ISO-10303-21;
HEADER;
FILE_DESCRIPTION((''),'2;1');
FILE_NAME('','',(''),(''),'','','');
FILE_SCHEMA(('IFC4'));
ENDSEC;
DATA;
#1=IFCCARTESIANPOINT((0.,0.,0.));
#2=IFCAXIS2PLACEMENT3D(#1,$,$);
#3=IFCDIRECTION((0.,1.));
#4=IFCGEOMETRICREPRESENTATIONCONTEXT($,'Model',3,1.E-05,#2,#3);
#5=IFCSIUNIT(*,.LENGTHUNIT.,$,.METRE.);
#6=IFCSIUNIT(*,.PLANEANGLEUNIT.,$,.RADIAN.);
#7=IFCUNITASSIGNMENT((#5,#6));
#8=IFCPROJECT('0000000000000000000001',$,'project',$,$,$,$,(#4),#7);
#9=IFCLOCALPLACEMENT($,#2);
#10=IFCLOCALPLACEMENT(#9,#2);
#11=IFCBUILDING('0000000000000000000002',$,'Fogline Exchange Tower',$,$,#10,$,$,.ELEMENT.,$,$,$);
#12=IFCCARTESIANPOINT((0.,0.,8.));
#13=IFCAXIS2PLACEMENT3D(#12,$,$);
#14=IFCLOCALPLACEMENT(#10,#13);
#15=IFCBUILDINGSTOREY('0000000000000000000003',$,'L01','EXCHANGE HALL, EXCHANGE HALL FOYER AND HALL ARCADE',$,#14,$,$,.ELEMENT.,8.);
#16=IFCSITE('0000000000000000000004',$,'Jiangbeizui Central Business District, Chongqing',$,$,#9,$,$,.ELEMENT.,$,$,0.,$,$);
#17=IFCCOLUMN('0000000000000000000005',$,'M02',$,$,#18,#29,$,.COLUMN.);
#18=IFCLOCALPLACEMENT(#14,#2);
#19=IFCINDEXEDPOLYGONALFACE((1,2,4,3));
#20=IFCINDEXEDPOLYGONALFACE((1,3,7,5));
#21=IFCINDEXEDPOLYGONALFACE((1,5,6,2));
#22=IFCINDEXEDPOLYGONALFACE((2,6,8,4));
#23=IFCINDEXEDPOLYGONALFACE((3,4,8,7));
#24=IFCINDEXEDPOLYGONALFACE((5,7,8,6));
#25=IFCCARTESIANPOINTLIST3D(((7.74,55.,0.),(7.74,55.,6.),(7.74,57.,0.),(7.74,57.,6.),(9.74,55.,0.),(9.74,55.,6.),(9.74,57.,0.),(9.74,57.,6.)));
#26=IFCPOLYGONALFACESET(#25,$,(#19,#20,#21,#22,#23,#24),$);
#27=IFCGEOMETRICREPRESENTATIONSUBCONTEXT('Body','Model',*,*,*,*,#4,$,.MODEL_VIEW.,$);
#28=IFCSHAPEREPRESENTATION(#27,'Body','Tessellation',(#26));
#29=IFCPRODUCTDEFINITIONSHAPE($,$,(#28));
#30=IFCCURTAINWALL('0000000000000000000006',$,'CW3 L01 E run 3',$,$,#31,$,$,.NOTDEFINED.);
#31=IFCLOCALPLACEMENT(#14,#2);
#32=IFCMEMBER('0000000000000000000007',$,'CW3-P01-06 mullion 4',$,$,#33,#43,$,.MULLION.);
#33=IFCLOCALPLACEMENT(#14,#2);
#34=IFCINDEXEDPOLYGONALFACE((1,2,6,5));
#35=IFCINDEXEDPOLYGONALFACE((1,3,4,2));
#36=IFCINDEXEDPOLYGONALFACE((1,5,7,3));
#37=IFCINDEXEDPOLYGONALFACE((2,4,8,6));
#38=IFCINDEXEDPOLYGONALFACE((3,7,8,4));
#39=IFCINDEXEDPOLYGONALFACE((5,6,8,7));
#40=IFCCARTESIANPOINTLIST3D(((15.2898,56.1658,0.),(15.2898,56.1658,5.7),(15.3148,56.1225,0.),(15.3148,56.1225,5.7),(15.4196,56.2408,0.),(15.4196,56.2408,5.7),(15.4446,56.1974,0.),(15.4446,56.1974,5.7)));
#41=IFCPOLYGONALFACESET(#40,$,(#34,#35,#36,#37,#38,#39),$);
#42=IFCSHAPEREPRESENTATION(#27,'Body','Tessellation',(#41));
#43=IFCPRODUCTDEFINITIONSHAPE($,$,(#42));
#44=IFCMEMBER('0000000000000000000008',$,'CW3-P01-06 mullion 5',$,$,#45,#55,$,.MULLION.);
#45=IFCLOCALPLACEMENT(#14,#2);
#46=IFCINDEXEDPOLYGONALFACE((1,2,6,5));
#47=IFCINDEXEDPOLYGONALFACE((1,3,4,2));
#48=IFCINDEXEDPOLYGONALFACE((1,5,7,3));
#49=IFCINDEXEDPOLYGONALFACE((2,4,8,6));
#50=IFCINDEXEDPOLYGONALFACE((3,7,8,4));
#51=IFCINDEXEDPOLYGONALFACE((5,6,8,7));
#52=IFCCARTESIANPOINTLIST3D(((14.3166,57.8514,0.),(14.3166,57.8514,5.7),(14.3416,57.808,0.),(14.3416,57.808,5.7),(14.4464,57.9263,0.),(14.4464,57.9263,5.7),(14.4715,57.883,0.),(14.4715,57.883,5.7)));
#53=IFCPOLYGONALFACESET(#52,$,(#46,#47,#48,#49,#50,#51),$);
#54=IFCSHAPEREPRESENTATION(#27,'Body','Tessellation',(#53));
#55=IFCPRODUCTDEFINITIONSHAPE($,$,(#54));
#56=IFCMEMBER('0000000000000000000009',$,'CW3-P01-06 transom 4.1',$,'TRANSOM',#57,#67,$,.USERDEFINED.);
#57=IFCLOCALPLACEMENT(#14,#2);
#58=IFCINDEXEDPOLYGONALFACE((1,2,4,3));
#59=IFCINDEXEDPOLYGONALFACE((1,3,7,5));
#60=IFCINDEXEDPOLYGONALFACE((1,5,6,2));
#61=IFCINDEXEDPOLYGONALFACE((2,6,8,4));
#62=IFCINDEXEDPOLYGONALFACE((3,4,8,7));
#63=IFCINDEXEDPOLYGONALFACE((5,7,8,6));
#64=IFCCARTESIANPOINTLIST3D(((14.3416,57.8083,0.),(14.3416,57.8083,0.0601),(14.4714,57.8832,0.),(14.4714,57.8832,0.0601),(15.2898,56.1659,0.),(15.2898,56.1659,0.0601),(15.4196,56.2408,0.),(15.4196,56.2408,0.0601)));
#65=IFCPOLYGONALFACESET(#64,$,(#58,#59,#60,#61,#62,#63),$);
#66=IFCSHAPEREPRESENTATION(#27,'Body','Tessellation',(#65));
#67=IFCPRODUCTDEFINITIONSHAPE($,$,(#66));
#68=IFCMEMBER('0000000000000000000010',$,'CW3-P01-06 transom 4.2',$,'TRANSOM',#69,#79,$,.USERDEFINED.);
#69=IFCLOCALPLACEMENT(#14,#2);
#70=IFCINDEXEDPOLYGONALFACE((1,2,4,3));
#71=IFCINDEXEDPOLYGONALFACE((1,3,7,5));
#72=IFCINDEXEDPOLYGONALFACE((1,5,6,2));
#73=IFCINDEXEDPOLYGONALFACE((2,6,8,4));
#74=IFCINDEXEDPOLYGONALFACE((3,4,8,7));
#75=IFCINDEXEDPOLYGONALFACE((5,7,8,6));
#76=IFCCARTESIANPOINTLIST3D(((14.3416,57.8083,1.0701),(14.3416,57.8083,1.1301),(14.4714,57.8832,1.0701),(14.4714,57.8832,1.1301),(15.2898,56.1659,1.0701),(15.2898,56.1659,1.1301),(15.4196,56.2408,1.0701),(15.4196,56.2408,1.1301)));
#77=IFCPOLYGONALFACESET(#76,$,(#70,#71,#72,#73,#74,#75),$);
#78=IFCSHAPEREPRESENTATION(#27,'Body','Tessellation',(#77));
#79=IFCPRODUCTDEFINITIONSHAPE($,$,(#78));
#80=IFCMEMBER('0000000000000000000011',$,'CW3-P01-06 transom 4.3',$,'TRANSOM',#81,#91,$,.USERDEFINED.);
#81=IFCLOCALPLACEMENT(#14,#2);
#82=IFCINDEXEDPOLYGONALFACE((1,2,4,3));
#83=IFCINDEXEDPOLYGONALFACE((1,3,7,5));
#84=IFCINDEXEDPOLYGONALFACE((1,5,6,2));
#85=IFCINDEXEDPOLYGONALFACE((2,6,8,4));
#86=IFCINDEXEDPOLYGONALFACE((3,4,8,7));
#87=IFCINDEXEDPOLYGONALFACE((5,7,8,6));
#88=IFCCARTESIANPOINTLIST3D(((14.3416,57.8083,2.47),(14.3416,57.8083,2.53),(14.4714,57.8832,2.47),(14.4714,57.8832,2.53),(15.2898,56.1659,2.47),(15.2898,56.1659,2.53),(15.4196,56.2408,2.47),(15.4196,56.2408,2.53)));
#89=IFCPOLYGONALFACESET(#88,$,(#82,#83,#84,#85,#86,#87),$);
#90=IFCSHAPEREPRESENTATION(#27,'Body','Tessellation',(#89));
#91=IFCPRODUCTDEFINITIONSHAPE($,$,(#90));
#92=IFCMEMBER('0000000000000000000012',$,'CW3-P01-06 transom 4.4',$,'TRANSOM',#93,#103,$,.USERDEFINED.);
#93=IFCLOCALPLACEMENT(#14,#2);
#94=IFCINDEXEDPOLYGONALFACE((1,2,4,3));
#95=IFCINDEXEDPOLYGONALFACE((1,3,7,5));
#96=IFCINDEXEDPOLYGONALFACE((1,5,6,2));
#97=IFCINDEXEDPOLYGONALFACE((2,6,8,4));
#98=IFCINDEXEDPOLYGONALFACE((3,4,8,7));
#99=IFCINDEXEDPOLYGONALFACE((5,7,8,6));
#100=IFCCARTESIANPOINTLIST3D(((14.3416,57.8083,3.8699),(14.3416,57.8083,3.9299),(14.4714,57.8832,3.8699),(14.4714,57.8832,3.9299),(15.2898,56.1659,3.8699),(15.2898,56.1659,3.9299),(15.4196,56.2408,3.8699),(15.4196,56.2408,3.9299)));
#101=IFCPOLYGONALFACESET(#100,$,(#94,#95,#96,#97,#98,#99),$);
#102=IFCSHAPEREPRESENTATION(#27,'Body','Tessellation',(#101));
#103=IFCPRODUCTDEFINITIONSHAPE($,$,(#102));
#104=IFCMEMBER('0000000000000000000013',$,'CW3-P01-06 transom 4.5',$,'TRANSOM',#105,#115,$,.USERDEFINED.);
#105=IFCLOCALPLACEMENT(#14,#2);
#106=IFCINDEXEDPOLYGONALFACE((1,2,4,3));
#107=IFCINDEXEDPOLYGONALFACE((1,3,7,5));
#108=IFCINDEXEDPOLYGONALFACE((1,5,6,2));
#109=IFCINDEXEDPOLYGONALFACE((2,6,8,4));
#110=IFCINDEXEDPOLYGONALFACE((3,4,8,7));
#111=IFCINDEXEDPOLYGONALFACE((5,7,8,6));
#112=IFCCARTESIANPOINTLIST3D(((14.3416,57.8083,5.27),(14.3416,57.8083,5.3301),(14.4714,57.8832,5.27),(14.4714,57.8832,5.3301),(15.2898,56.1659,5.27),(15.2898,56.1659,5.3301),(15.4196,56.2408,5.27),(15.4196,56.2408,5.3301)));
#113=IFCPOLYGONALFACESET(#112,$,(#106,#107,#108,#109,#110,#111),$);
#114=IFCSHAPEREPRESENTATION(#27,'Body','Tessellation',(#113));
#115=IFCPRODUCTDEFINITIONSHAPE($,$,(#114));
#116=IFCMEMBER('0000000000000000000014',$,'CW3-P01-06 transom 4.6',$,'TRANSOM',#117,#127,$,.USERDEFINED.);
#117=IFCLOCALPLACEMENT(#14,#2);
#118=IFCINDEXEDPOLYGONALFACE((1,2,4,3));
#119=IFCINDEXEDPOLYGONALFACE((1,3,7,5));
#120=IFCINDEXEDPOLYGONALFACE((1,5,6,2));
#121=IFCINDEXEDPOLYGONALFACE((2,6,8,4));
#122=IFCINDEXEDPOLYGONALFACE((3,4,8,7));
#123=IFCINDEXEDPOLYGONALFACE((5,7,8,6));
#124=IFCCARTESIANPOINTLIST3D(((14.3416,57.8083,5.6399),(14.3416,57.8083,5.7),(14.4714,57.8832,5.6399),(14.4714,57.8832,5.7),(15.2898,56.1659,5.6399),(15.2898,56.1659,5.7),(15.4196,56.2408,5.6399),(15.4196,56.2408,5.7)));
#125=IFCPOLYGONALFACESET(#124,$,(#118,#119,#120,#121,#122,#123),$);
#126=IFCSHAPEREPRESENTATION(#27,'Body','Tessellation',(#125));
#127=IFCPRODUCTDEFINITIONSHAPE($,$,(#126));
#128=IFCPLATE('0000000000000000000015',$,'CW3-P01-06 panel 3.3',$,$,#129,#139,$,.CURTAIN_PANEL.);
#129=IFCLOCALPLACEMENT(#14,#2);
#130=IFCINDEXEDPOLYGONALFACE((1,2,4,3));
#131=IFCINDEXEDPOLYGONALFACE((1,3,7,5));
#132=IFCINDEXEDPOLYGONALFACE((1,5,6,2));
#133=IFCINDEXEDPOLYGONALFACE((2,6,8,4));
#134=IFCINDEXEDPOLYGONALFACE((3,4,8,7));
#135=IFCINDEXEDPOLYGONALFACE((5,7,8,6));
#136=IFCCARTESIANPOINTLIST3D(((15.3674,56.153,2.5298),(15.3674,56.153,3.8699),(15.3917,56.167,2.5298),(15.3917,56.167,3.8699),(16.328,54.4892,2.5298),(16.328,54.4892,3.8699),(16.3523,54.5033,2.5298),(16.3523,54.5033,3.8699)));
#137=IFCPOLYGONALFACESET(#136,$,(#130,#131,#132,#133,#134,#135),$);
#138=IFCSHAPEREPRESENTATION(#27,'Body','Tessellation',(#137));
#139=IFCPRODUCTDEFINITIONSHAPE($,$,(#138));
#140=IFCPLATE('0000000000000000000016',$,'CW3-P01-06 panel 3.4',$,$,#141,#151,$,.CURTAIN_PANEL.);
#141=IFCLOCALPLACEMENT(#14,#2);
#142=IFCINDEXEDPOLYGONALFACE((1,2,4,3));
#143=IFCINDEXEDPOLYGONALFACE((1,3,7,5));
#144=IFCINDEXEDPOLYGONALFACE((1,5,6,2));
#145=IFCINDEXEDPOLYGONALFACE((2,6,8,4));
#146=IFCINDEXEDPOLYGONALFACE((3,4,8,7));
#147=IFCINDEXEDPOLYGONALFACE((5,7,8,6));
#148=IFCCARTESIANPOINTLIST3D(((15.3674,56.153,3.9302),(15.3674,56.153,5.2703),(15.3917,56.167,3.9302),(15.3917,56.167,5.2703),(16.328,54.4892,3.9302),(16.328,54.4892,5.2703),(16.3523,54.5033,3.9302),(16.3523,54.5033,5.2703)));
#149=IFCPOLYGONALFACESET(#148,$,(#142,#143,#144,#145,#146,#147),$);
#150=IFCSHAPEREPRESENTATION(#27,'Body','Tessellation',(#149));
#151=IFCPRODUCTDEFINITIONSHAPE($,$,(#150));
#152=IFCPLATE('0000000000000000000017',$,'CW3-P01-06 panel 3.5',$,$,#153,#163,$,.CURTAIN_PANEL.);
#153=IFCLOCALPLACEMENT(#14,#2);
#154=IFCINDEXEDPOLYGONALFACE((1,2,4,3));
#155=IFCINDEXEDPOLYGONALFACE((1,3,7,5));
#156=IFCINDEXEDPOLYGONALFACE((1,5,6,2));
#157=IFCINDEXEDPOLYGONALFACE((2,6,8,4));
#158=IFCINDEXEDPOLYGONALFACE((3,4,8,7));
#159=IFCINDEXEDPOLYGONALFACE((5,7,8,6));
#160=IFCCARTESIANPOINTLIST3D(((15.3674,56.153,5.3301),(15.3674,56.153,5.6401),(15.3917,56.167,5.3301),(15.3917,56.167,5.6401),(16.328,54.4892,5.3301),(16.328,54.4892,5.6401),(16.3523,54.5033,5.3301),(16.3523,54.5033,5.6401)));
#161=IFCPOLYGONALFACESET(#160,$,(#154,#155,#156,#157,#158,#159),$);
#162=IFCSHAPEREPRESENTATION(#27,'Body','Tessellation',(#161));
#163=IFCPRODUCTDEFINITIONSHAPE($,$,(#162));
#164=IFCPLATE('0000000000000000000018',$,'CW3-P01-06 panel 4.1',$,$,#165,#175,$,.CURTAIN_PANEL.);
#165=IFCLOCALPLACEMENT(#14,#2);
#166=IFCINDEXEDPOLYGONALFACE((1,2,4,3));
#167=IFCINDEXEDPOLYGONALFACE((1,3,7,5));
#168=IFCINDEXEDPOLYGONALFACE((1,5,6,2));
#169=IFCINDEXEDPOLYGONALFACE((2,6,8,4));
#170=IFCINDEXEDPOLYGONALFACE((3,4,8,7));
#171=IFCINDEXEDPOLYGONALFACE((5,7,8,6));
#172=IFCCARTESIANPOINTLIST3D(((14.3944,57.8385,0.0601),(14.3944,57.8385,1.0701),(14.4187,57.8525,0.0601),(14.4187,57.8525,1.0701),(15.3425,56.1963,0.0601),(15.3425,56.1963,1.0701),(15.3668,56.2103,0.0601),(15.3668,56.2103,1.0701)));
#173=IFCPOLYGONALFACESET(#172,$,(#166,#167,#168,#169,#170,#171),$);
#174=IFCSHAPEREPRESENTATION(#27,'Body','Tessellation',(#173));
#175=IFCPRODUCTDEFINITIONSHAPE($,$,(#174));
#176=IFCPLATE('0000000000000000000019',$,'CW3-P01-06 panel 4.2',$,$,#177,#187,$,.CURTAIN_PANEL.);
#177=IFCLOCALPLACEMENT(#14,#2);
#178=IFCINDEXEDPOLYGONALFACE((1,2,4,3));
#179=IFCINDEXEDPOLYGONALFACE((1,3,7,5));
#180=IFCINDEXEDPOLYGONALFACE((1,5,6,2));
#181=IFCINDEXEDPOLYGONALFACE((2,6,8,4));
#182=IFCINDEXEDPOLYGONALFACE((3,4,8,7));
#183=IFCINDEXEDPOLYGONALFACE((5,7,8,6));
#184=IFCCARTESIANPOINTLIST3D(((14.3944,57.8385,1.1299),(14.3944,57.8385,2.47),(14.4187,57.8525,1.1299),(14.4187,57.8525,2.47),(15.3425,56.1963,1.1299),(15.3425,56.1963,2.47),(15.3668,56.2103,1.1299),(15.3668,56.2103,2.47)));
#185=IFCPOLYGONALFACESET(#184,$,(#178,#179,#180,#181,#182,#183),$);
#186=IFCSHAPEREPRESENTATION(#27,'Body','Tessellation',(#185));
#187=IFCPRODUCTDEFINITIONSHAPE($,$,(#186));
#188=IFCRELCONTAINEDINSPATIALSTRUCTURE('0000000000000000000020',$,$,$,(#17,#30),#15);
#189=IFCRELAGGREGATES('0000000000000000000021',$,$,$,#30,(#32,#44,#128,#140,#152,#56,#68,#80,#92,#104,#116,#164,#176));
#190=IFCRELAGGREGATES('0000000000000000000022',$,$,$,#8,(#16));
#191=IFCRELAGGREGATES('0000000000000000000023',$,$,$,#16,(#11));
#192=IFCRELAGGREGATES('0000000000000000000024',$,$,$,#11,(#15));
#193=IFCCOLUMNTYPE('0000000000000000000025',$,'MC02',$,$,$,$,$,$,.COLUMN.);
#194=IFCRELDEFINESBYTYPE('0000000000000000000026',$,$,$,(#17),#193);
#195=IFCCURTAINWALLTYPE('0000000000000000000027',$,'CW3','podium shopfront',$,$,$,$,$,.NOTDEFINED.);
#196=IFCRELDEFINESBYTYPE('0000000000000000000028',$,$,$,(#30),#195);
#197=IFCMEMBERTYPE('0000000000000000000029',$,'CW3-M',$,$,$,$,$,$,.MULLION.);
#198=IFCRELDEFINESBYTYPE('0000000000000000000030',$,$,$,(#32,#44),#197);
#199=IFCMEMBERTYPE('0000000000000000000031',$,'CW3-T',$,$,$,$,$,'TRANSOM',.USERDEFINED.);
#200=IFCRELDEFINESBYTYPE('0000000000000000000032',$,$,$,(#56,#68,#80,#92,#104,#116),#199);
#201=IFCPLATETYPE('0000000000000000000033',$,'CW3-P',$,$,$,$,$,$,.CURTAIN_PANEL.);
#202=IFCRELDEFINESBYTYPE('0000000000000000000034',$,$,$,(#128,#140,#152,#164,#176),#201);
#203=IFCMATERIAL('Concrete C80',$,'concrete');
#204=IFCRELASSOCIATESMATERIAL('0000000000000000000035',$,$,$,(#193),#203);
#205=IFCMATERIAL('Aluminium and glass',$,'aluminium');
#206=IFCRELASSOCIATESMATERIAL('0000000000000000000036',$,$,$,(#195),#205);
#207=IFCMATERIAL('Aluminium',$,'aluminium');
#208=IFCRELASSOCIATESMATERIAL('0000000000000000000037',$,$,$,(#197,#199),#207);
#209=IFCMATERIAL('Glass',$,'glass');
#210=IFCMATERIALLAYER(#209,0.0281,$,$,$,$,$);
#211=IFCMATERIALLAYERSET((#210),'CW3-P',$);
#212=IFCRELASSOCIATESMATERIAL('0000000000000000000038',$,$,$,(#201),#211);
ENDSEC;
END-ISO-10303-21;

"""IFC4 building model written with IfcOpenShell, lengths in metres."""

from ifc_helpers import new_model, si_unit, direction, frame, origin, origin_2d, place, context, subcontext, project, spatial, rectangle, extrude, material, layer, layer_set, material_profile, profile_set, type_object, element, aggregate, save


model = new_model("IFC4")

# Units and contexts
model_context = context("Model", 3, precision=1e-05, world=origin(), true_north=direction((0.0, 1.0)))
body_context = subcontext(model_context, "Body", "Model", "MODEL_VIEW")
ifc_project = project(units=[si_unit("LENGTHUNIT", "METRE"), si_unit("PLANEANGLEUNIT", "RADIAN")], contexts=[model_context])

# Site, building, storey
site_placement = place(None, origin())
site = spatial("IfcSite", under=ifc_project, at=site_placement, Name="Jiangbeizui Central Business District, Chongqing", CompositionType="ELEMENT", RefElevation=0.0)
building_placement = place(site_placement, origin())
building = spatial("IfcBuilding", under=site, at=building_placement, Name="Fogline Exchange Tower", CompositionType="ELEMENT")
storey_placement = place(building_placement, frame((0.0, 0.0, 8.0)))
storey = spatial("IfcBuildingStorey", under=building, at=storey_placement, Name="L01", Description="EXCHANGE HALL, EXCHANGE HALL FOYER AND HALL ARCADE", CompositionType="ELEMENT", Elevation=8.0)

# Column
ifc_material_1 = material(Name="Concrete C80", Category="concrete")
ifc_material_profile_1 = material_profile(ifc_material_1, rectangle(XDim=2.0, YDim=2.0, at=origin_2d()), Name="RC 2000x2000")
ifc_profile_set_1 = profile_set([ifc_material_profile_1], Name="Concrete C80")
column_type = type_object("IfcColumnType", Name="MC02", PredefinedType="COLUMN", material=ifc_profile_set_1)
column_placement = place(storey_placement, frame((8.74, 56.0, 0.0), z_axis=(0.0, 0.0, 1.0), x_axis=(1.0, 0.0, 0.0)))
element("IfcColumn", 1, at=column_placement, inside=storey, type_object=column_type, Name="M02", PredefinedType="COLUMN", context=body_context, shape_type="SweptSolid", body=[
    extrude(rectangle(XDim=2.0, YDim=2.0, at=origin_2d()), origin(), (0.0, 0.0, 1.0), 6.0),
])

# Curtain wall, members, plates
ifc_material_2 = material(Name="Aluminium and glass", Category="aluminium")
curtain_wall_type = type_object("IfcCurtainWallType", Name="CW3", Description="podium shopfront", PredefinedType="NOTDEFINED", material=ifc_material_2)
curtain_wall_placement = place(storey_placement, origin())
curtain_wall = element("IfcCurtainWall", 2, at=curtain_wall_placement, inside=storey, type_object=curtain_wall_type, Name="CW3 L01 E run 3", PredefinedType="NOTDEFINED")
ifc_material_3 = material(Name="Aluminium", Category="aluminium")
ifc_material_profile_2 = material_profile(ifc_material_3, rectangle(XDim=0.1499, YDim=0.05, at=origin_2d()), Name="Mullion 50x150")
ifc_profile_set_2 = profile_set([ifc_material_profile_2], Name="Aluminium")
member_type_1 = type_object("IfcMemberType", Name="CW3-M", PredefinedType="MULLION", material=ifc_profile_set_2)
member_1_placement = place(storey_placement, frame((15.3672, 56.1816, 0.0), z_axis=(0.0, 0.0, 1.0), x_axis=(-0.866025, -0.5, 0.0)))
member_1 = element("IfcMember", 3, at=member_1_placement, type_object=member_type_1, Name="CW3-P01-06 mullion 4", PredefinedType="MULLION", context=body_context, shape_type="SweptSolid", body=[
    extrude(rectangle(XDim=0.1499, YDim=0.05, at=origin_2d()), origin(), (0.0, 0.0, 1.0), 5.7),
])
member_2_placement = place(storey_placement, frame((14.394, 57.8672, 0.0), z_axis=(0.0, 0.0, 1.0), x_axis=(-0.866025, -0.5, 0.0)))
member_2 = element("IfcMember", 4, at=member_2_placement, type_object=member_type_1, Name="CW3-P01-06 mullion 5", PredefinedType="MULLION", context=body_context, shape_type="SweptSolid", body=[
    extrude(rectangle(XDim=0.1499, YDim=0.05, at=origin_2d()), origin(), (0.0, 0.0, 1.0), 5.7),
])
ifc_material_profile_3 = material_profile(ifc_material_3, rectangle(XDim=0.1499, YDim=0.0601, at=origin_2d()), Name="Transom 60x150")
ifc_profile_set_3 = profile_set([ifc_material_profile_3], Name="Aluminium")
member_type_2 = type_object("IfcMemberType", Name="CW3-T", ElementType="TRANSOM", PredefinedType="USERDEFINED", material=ifc_profile_set_3)
member_3_placement = place(storey_placement, frame((15.3547, 56.2034, 0.03), z_axis=(-0.500016, 0.866016, 0.0), x_axis=(-0.866016, -0.500016, 0.0)))
member_3 = element("IfcMember", 5, at=member_3_placement, type_object=member_type_2, Name="CW3-P01-06 transom 4.1", ObjectType="TRANSOM", PredefinedType="USERDEFINED", context=body_context, shape_type="SweptSolid", body=[
    extrude(rectangle(XDim=0.1499, YDim=0.0601, at=origin_2d()), origin(), (0.0, 0.0, 1.0), 1.8965),
])
member_4_placement = place(storey_placement, frame((15.3547, 56.2034, 1.1001), z_axis=(-0.500016, 0.866016, 0.0), x_axis=(-0.866016, -0.500016, 0.0)))
member_4 = element("IfcMember", 6, at=member_4_placement, type_object=member_type_2, Name="CW3-P01-06 transom 4.2", ObjectType="TRANSOM", PredefinedType="USERDEFINED", context=body_context, shape_type="SweptSolid", body=[
    extrude(rectangle(XDim=0.1499, YDim=0.0601, at=origin_2d()), origin(), (0.0, 0.0, 1.0), 1.8965),
])
member_5_placement = place(storey_placement, frame((15.3547, 56.2034, 2.5), z_axis=(-0.500016, 0.866016, 0.0), x_axis=(-0.866016, -0.500016, 0.0)))
member_5 = element("IfcMember", 7, at=member_5_placement, type_object=member_type_2, Name="CW3-P01-06 transom 4.3", ObjectType="TRANSOM", PredefinedType="USERDEFINED", context=body_context, shape_type="SweptSolid", body=[
    extrude(rectangle(XDim=0.1499, YDim=0.0601, at=origin_2d()), origin(), (0.0, 0.0, 1.0), 1.8965),
])
member_6_placement = place(storey_placement, frame((15.3547, 56.2034, 3.8999), z_axis=(-0.500016, 0.866016, 0.0), x_axis=(-0.866016, -0.500016, 0.0)))
member_6 = element("IfcMember", 8, at=member_6_placement, type_object=member_type_2, Name="CW3-P01-06 transom 4.4", ObjectType="TRANSOM", PredefinedType="USERDEFINED", context=body_context, shape_type="SweptSolid", body=[
    extrude(rectangle(XDim=0.1499, YDim=0.0601, at=origin_2d()), origin(), (0.0, 0.0, 1.0), 1.8965),
])
member_7_placement = place(storey_placement, frame((15.3547, 56.2034, 5.3), z_axis=(-0.500016, 0.866016, 0.0), x_axis=(-0.866016, -0.500016, 0.0)))
member_7 = element("IfcMember", 9, at=member_7_placement, type_object=member_type_2, Name="CW3-P01-06 transom 4.5", ObjectType="TRANSOM", PredefinedType="USERDEFINED", context=body_context, shape_type="SweptSolid", body=[
    extrude(rectangle(XDim=0.1499, YDim=0.0601, at=origin_2d()), origin(), (0.0, 0.0, 1.0), 1.8965),
])
member_8_placement = place(storey_placement, frame((15.3547, 56.2034, 5.6699), z_axis=(-0.500016, 0.866016, 0.0), x_axis=(-0.866016, -0.500016, 0.0)))
member_8 = element("IfcMember", 10, at=member_8_placement, type_object=member_type_2, Name="CW3-P01-06 transom 4.6", ObjectType="TRANSOM", PredefinedType="USERDEFINED", context=body_context, shape_type="SweptSolid", body=[
    extrude(rectangle(XDim=0.1499, YDim=0.0601, at=origin_2d()), origin(), (0.0, 0.0, 1.0), 1.8965),
])
ifc_material_4 = material(Name="Glass", Category="glass")
ifc_layer_1 = layer(ifc_material_4, 0.0281)
ifc_layer_set_1 = layer_set([ifc_layer_1], Name="CW3-P")
plate_type = type_object("IfcPlateType", Name="CW3-P", PredefinedType="CURTAIN_PANEL", material=ifc_layer_set_1)
plate_1_placement = place(storey_placement, frame((15.8599, 55.3281, 2.5298), z_axis=(0.0, 0.0, 1.0), x_axis=(-0.5, 0.866025, 0.0)))
plate_1 = element("IfcPlate", 11, at=plate_1_placement, type_object=plate_type, Name="CW3-P01-06 panel 3.3", PredefinedType="CURTAIN_PANEL", context=body_context, shape_type="SweptSolid", body=[
    extrude(rectangle(XDim=1.9211, YDim=0.0281, at=origin_2d()), origin(), (0.0, 0.0, 1.0), 1.3401),
])
plate_2_placement = place(storey_placement, frame((15.8599, 55.3281, 3.9302), z_axis=(0.0, 0.0, 1.0), x_axis=(-0.5, 0.866025, 0.0)))
plate_2 = element("IfcPlate", 12, at=plate_2_placement, type_object=plate_type, Name="CW3-P01-06 panel 3.4", PredefinedType="CURTAIN_PANEL", context=body_context, shape_type="SweptSolid", body=[
    extrude(rectangle(XDim=1.9211, YDim=0.0281, at=origin_2d()), origin(), (0.0, 0.0, 1.0), 1.3401),
])
plate_3_placement = place(storey_placement, frame((15.8599, 55.3281, 5.3301), z_axis=(0.0, 0.0, 1.0), x_axis=(-0.5, 0.866025, 0.0)))
plate_3 = element("IfcPlate", 13, at=plate_3_placement, type_object=plate_type, Name="CW3-P01-06 panel 3.5", PredefinedType="CURTAIN_PANEL", context=body_context, shape_type="SweptSolid", body=[
    extrude(rectangle(XDim=1.9211, YDim=0.0281, at=origin_2d()), origin(), (0.0, 0.0, 1.0), 0.3101),
])
plate_4_placement = place(storey_placement, frame((14.8806, 57.0244, 0.0601), z_axis=(0.0, 0.0, 1.0), x_axis=(-0.5, 0.866025, 0.0)))
plate_4 = element("IfcPlate", 14, at=plate_4_placement, type_object=plate_type, Name="CW3-P01-06 panel 4.1", PredefinedType="CURTAIN_PANEL", context=body_context, shape_type="SweptSolid", body=[
    extrude(rectangle(XDim=1.8962, YDim=0.0281, at=origin_2d()), origin(), (0.0, 0.0, 1.0), 1.01),
])
plate_5_placement = place(storey_placement, frame((14.8806, 57.0244, 1.1299), z_axis=(0.0, 0.0, 1.0), x_axis=(-0.5, 0.866025, 0.0)))
plate_5 = element("IfcPlate", 15, at=plate_5_placement, type_object=plate_type, Name="CW3-P01-06 panel 4.2", PredefinedType="CURTAIN_PANEL", context=body_context, shape_type="SweptSolid", body=[
    extrude(rectangle(XDim=1.8962, YDim=0.0281, at=origin_2d()), origin(), (0.0, 0.0, 1.0), 1.3401),
])
aggregate(curtain_wall, [member_1, member_2, plate_1, plate_2, plate_3, member_3, member_4, member_5, member_6, member_7, member_8, plate_4, plate_5])

save(model, "model.ifc")
